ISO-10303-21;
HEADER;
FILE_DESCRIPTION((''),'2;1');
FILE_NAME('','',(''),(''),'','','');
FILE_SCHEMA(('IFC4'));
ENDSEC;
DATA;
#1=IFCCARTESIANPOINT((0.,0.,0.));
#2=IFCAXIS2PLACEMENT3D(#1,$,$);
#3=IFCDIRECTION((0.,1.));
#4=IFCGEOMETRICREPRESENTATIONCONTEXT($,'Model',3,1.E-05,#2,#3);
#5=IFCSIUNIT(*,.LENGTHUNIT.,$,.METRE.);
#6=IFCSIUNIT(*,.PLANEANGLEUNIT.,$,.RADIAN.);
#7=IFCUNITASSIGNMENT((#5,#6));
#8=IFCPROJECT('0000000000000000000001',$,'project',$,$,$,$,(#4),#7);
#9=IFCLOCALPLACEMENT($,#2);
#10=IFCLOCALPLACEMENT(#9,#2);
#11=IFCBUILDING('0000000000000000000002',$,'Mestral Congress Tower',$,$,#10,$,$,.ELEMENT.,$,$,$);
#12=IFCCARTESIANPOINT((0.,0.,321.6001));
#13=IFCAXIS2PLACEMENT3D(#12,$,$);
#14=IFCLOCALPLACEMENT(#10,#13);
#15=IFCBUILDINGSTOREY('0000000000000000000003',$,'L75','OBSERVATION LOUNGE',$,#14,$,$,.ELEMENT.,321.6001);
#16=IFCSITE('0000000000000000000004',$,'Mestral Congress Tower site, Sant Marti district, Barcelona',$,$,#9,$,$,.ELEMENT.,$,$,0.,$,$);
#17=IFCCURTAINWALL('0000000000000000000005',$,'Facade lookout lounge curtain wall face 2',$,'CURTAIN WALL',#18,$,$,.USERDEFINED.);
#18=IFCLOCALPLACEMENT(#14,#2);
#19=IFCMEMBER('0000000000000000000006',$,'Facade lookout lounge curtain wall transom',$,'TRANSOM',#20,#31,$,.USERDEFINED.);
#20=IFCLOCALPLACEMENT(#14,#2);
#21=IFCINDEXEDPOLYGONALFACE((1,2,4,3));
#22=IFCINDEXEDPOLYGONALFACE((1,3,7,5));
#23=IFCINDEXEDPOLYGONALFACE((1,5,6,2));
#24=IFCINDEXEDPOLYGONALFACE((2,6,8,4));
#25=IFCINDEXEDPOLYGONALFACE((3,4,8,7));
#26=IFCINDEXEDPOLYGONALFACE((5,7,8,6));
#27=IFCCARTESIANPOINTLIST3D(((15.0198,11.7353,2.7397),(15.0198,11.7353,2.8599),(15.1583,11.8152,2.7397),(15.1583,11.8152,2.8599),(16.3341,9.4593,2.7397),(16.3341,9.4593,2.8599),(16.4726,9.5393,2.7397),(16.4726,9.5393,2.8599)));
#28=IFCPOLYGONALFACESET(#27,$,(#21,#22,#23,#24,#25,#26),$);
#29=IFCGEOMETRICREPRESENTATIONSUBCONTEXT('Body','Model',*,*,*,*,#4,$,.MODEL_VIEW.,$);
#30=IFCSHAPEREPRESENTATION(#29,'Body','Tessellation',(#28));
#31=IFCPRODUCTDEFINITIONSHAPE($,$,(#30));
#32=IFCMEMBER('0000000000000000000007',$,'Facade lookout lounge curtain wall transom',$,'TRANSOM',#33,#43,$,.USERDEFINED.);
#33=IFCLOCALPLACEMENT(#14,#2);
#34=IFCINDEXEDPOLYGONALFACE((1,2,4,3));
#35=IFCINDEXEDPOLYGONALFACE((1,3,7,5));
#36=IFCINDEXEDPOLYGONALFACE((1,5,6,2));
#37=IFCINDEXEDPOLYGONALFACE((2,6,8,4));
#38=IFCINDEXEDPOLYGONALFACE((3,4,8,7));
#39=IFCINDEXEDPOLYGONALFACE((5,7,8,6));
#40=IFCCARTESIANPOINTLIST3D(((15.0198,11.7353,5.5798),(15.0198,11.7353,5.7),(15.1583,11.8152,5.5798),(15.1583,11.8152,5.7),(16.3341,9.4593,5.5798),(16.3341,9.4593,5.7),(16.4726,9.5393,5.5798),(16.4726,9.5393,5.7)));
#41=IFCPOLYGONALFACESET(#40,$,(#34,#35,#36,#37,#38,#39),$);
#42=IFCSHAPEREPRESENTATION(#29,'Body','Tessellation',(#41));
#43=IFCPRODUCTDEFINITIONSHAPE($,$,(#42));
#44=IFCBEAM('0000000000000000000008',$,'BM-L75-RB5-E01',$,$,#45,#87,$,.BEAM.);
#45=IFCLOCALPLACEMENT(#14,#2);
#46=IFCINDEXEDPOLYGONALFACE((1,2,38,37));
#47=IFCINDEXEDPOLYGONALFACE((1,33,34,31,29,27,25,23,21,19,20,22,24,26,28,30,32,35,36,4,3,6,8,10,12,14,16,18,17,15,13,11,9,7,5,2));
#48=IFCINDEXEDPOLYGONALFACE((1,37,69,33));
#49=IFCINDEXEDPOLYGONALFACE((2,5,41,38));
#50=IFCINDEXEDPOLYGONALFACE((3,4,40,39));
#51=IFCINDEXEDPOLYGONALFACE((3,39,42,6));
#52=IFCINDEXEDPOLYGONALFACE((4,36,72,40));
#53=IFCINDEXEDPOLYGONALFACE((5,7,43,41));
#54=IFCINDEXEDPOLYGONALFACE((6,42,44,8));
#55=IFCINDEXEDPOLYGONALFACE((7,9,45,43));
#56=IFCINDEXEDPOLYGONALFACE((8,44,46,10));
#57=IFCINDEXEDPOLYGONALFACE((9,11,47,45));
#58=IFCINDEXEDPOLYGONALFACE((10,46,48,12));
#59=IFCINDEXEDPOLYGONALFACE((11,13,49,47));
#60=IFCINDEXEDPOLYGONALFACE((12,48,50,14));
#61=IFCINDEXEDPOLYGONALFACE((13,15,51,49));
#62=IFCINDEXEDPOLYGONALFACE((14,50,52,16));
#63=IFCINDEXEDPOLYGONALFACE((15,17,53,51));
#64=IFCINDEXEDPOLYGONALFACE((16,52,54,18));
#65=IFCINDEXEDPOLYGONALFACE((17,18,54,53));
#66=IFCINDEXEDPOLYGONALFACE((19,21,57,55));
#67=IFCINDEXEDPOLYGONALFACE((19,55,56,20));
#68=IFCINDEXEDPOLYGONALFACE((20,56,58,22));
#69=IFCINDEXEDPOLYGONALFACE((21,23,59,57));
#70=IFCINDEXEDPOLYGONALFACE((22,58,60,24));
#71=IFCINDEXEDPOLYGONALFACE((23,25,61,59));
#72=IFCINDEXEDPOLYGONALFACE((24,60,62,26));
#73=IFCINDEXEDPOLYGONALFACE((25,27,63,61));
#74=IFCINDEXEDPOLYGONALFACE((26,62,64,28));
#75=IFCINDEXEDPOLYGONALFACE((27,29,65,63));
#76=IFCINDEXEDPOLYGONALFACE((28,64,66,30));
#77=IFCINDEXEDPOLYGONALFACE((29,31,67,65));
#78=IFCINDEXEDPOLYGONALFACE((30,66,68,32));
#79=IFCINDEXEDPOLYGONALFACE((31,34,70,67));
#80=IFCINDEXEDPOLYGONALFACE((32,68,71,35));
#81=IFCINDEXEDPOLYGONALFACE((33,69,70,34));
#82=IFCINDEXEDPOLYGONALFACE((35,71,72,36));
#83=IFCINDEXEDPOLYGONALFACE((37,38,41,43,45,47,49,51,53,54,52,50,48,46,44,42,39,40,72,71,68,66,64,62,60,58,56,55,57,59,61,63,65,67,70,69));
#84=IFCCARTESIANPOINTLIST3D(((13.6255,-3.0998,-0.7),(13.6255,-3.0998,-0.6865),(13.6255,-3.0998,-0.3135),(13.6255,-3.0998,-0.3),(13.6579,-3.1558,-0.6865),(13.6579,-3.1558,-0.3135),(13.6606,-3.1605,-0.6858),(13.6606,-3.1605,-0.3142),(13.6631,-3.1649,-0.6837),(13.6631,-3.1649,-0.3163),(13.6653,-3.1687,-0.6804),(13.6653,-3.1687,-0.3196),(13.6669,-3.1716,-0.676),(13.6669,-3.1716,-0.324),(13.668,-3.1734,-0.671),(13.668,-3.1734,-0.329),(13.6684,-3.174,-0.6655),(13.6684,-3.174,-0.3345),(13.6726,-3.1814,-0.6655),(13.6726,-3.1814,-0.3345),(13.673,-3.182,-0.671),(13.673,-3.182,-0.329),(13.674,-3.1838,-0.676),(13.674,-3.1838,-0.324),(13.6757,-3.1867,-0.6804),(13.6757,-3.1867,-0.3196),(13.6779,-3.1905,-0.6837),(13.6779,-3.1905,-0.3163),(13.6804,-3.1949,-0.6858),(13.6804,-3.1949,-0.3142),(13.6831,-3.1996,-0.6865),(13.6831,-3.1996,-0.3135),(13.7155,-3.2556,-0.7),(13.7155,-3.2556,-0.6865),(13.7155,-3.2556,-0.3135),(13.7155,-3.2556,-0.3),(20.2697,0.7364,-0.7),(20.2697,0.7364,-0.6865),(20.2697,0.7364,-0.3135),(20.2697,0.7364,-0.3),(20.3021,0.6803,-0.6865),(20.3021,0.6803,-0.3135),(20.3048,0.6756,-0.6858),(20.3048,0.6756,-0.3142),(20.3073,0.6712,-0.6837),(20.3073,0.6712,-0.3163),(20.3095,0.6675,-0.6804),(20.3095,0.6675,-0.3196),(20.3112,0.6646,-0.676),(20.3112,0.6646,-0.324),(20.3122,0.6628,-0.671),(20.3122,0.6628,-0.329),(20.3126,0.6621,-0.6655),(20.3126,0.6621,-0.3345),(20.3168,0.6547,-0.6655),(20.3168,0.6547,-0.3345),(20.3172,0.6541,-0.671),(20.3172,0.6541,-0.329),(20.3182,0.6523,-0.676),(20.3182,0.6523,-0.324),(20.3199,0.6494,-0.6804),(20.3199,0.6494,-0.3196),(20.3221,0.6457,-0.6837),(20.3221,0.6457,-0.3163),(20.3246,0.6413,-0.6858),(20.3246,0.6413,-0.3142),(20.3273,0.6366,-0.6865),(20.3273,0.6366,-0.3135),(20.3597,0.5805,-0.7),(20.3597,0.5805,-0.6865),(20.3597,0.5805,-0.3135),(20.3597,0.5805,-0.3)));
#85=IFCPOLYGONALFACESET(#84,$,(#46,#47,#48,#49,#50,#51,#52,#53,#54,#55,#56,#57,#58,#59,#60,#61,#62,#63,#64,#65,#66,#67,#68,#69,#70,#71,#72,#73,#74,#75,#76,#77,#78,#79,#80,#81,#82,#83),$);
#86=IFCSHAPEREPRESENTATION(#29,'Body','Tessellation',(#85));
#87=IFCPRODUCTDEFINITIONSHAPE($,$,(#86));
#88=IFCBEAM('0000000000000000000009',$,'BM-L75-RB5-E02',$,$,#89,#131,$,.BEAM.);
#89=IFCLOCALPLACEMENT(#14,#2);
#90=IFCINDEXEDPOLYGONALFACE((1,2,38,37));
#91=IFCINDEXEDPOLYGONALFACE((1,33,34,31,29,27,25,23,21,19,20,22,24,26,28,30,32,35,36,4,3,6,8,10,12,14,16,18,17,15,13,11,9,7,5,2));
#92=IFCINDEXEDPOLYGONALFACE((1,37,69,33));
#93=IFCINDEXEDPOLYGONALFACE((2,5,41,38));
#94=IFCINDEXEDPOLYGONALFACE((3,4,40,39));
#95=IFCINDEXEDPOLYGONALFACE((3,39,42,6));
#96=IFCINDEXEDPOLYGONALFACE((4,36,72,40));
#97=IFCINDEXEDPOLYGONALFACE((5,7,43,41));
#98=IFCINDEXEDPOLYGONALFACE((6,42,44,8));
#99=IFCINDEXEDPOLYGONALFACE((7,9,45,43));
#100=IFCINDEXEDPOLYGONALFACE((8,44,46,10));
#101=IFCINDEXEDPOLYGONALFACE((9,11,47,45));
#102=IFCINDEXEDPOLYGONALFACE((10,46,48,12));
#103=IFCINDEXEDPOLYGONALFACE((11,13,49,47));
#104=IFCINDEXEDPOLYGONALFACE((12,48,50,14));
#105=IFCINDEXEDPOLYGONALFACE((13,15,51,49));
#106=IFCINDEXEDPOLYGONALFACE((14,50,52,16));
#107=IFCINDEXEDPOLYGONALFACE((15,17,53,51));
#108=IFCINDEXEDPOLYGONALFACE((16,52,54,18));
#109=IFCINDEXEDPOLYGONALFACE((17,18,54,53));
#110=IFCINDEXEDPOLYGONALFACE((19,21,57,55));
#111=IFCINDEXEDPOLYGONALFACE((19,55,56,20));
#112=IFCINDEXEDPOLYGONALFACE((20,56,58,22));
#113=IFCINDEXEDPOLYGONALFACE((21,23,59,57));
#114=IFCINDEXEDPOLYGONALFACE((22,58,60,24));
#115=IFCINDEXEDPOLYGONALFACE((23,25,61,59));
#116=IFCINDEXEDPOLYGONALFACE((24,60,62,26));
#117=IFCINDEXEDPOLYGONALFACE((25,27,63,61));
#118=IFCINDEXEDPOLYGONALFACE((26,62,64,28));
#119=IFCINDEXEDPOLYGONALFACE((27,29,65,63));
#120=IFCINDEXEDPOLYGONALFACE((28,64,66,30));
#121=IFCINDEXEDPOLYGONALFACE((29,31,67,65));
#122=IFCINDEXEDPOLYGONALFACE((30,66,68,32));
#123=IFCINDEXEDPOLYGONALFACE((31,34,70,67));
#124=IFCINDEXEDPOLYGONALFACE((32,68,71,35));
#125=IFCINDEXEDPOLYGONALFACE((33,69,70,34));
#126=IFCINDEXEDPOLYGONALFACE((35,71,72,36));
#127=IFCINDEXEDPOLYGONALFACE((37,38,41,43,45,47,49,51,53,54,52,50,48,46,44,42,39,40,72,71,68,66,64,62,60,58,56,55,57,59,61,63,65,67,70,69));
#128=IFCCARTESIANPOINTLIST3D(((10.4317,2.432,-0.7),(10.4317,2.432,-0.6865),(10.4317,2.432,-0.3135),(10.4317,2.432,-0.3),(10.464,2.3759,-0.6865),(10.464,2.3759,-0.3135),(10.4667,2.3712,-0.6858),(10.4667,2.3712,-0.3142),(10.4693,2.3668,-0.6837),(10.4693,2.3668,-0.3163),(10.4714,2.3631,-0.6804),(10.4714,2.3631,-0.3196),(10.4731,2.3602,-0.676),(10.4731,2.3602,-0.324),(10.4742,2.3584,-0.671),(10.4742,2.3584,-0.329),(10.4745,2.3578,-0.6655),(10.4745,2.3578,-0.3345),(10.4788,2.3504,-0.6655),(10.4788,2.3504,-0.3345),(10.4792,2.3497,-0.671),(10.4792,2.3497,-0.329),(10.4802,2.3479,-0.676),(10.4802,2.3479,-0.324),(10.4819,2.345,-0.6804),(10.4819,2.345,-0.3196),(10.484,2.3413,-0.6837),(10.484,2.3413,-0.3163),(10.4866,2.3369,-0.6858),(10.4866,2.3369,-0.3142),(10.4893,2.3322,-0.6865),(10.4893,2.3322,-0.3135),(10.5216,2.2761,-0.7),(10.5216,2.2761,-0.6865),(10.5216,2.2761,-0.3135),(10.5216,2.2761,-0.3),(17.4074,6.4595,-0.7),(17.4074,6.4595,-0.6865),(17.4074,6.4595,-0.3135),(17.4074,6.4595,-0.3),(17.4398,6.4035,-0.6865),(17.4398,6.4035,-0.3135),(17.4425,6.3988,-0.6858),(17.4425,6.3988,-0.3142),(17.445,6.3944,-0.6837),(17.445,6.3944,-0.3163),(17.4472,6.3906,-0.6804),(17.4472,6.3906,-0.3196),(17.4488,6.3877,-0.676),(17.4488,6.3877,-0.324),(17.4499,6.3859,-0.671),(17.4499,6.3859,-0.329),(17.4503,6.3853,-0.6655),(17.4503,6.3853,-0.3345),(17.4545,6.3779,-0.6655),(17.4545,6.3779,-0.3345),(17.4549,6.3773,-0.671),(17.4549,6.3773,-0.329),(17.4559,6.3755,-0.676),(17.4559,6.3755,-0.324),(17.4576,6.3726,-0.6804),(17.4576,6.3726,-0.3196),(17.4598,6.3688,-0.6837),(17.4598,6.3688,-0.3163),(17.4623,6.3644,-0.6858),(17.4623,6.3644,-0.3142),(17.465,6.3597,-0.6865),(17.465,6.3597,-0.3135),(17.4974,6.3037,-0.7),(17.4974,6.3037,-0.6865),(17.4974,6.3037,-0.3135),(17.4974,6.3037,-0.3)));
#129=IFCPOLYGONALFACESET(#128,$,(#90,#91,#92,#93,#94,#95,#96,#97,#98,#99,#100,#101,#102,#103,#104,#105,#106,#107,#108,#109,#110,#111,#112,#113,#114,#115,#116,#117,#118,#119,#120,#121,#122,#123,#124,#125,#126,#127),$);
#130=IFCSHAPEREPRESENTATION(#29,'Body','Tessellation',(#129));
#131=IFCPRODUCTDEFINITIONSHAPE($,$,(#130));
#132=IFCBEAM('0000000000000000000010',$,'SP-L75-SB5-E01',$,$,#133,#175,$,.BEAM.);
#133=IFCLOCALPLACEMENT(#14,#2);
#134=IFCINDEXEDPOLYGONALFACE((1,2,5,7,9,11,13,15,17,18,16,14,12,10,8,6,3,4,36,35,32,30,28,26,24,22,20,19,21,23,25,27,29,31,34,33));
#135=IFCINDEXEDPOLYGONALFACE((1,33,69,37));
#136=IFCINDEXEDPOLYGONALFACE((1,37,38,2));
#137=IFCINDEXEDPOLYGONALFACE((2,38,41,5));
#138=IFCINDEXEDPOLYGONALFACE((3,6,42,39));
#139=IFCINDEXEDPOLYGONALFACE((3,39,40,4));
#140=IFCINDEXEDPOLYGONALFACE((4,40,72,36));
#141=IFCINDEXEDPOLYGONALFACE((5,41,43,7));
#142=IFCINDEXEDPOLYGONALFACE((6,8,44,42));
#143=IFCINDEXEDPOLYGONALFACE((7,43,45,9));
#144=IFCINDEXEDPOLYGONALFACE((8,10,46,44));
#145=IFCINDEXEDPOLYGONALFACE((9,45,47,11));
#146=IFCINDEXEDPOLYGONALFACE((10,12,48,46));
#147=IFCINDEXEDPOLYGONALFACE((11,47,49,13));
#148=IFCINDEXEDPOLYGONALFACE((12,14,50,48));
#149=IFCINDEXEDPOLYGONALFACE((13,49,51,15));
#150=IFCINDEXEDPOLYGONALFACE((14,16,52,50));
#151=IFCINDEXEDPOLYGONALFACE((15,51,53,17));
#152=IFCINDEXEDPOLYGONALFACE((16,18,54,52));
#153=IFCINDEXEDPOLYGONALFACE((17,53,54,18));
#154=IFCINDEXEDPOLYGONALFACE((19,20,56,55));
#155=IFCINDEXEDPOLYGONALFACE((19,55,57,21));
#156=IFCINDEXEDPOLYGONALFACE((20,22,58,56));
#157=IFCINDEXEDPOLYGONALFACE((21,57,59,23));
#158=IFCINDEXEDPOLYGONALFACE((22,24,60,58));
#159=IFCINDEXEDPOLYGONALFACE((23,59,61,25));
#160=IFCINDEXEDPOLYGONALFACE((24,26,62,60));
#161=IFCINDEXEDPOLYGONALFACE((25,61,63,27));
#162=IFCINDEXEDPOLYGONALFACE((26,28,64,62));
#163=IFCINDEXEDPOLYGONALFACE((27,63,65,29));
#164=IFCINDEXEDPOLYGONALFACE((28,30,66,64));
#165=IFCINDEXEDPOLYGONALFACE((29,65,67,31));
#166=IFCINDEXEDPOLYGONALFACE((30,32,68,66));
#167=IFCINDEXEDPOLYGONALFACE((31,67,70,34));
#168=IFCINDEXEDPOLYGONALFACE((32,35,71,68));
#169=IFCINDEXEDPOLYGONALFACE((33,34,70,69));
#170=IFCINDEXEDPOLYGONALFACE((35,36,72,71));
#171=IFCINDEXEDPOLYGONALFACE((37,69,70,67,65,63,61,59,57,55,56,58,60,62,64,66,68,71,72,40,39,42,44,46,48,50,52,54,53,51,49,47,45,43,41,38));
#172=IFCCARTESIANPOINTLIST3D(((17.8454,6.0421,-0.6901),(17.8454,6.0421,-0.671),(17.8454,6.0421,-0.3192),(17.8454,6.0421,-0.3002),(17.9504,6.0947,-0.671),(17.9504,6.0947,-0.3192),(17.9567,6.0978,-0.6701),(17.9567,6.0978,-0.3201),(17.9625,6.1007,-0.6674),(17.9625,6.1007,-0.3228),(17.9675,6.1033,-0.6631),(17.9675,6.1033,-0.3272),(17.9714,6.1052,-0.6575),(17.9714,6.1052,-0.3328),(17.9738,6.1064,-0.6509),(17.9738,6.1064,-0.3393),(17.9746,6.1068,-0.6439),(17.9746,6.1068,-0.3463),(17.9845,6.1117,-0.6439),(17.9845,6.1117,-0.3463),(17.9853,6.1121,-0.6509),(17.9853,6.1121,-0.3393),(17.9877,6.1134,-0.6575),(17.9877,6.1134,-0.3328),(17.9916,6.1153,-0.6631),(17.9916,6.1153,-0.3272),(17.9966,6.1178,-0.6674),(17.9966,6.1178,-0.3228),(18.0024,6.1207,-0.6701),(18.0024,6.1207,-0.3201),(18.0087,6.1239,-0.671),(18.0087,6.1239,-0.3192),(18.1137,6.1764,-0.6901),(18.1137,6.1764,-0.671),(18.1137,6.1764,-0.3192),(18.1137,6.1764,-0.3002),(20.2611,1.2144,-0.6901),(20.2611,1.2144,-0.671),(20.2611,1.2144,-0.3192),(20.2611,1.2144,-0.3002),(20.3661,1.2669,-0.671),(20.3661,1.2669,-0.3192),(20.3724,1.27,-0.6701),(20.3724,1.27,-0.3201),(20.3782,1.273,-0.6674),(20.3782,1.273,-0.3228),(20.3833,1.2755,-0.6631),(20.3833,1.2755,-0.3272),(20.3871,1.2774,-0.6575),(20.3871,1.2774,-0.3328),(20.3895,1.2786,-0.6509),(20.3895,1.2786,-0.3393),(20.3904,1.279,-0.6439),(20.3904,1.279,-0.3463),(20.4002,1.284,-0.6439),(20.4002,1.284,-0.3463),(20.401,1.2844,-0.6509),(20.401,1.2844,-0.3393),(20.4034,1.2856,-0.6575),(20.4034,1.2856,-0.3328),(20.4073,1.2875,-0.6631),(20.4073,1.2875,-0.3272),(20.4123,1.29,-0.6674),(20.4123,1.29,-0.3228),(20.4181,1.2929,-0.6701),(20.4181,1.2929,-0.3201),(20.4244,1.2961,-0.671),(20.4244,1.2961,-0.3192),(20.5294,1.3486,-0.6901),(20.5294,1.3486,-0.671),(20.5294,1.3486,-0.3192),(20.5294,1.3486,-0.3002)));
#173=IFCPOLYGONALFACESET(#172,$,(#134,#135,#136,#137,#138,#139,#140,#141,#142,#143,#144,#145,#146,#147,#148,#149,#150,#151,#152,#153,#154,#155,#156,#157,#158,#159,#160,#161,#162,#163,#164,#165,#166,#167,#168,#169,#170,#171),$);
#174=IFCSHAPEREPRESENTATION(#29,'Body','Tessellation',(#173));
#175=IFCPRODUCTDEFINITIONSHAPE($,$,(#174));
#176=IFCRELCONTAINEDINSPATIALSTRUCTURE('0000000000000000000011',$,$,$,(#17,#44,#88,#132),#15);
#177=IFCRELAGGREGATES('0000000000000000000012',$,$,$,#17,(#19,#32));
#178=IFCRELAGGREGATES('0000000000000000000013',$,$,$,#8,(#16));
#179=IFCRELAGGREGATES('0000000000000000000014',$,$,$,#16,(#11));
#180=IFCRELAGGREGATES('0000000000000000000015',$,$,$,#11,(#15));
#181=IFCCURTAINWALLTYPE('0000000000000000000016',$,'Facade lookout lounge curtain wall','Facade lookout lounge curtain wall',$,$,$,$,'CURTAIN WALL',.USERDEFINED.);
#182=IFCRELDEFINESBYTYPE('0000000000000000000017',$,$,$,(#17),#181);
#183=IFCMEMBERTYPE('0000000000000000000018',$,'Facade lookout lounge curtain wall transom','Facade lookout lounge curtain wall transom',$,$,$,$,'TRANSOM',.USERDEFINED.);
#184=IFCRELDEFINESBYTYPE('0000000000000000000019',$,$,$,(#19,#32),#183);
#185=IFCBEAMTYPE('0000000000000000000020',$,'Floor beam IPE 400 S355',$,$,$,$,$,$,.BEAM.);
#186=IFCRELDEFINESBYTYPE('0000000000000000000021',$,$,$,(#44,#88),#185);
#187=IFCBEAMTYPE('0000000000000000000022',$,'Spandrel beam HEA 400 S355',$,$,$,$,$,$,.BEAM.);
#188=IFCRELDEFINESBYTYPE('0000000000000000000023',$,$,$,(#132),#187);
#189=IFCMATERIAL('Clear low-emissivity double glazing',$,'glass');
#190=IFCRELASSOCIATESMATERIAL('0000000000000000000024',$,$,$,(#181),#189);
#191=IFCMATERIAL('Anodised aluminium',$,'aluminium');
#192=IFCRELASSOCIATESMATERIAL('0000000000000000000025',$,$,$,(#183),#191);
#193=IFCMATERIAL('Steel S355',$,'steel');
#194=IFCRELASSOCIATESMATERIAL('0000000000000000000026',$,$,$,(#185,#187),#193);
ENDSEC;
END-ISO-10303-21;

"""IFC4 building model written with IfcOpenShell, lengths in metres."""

from ifc_helpers import new_model, si_unit, direction, frame, origin, origin_2d, place, context, subcontext, project, spatial, rectangle, i_section, extrude, material, material_profile, profile_set, type_object, element, aggregate, save


model = new_model("IFC4")

# Units and contexts
model_context = context("Model", 3, precision=1e-05, world=origin(), true_north=direction((0.0, 1.0)))
body_context = subcontext(model_context, "Body", "Model", "MODEL_VIEW")
ifc_project = project(units=[si_unit("LENGTHUNIT", "METRE"), si_unit("PLANEANGLEUNIT", "RADIAN")], contexts=[model_context])

# Site, building, storey
site_placement = place(None, origin())
site = spatial("IfcSite", under=ifc_project, at=site_placement, Name="Mestral Congress Tower site, Sant Marti district, Barcelona", CompositionType="ELEMENT", RefElevation=0.0)
building_placement = place(site_placement, origin())
building = spatial("IfcBuilding", under=site, at=building_placement, Name="Mestral Congress Tower", CompositionType="ELEMENT")
storey_placement = place(building_placement, frame((0.0, 0.0, 321.6001)))
storey = spatial("IfcBuildingStorey", under=building, at=storey_placement, Name="L75", Description="OBSERVATION LOUNGE", CompositionType="ELEMENT", Elevation=321.6001)

# Curtain wall, members
ifc_material_1 = material(Name="Clear low-emissivity double glazing", Category="glass")
curtain_wall_type = type_object("IfcCurtainWallType", Name="Facade lookout lounge curtain wall", Description="Facade lookout lounge curtain wall", ElementType="CURTAIN WALL", PredefinedType="USERDEFINED", material=ifc_material_1)
curtain_wall_placement = place(storey_placement, origin())
curtain_wall = element("IfcCurtainWall", 1, at=curtain_wall_placement, inside=storey, type_object=curtain_wall_type, Name="Facade lookout lounge curtain wall face 2", ObjectType="CURTAIN WALL", PredefinedType="USERDEFINED")
ifc_material_2 = material(Name="Anodised aluminium", Category="aluminium")
ifc_material_profile_1 = material_profile(ifc_material_2, rectangle(XDim=0.1599, YDim=0.1201, at=origin_2d()), Name="CW2 transom 160 x 120")
ifc_profile_set_1 = profile_set([ifc_material_profile_1], Name="Anodised aluminium")
member_type_1 = type_object("IfcMemberType", Name="Facade lookout lounge curtain wall transom", Description="Facade lookout lounge curtain wall transom", ElementType="TRANSOM", PredefinedType="USERDEFINED", material=ifc_profile_set_1)
member_1_placement = place(storey_placement, frame((16.4033, 9.4993, 2.7998), z_axis=(-0.500066, 0.865988, 0.0), x_axis=(-0.865988, -0.500066, 0.0)))
member_1 = element("IfcMember", 2, at=member_1_placement, type_object=member_type_1, Name="Facade lookout lounge curtain wall transom", ObjectType="TRANSOM", PredefinedType="USERDEFINED", context=body_context, shape_type="SweptSolid", body=[
    extrude(rectangle(XDim=0.1599, YDim=0.1201, at=origin_2d()), origin(), (0.0, 0.0, 1.0), 2.6282),
])
member_2_placement = place(storey_placement, frame((16.4033, 9.4993, 5.6399), z_axis=(-0.500066, 0.865988, 0.0), x_axis=(-0.865988, -0.500066, 0.0)))
member_2 = element("IfcMember", 3, at=member_2_placement, type_object=member_type_1, Name="Facade lookout lounge curtain wall transom", ObjectType="TRANSOM", PredefinedType="USERDEFINED", context=body_context, shape_type="SweptSolid", body=[
    extrude(rectangle(XDim=0.1599, YDim=0.1201, at=origin_2d()), origin(), (0.0, 0.0, 1.0), 2.6282),
])

# Beams
ifc_material_3 = material(Name="Steel S355", Category="steel")
ifc_material_profile_2 = material_profile(ifc_material_3, i_section(OverallWidth=0.1799, OverallDepth=0.3999, WebThickness=0.0085, FlangeThickness=0.0134, FilletRadius=0.021, at=origin_2d()), Name="IPE 400")
ifc_profile_set_2 = profile_set([ifc_material_profile_2], Name="Steel S355")
beam_type_1 = type_object("IfcBeamType", Name="Floor beam IPE 400 S355", PredefinedType="BEAM", material=ifc_profile_set_2)
beam_1_placement = place(storey_placement, frame((20.3147, 0.6584, -0.5), z_axis=(-0.86602, -0.50001, 0.0), x_axis=(0.50001, -0.86602, 0.0)))
element("IfcBeam", 4, at=beam_1_placement, inside=storey, type_object=beam_type_1, Name="BM-L75-RB5-E01", PredefinedType="BEAM", context=body_context, shape_type="SweptSolid", body=[
    extrude(i_section(OverallWidth=0.1799, OverallDepth=0.3999, WebThickness=0.0085, FlangeThickness=0.0134, FilletRadius=0.021, at=origin_2d()), origin(), (0.0, 0.0, 1.0), 7.6721),
])
beam_2_placement = place(storey_placement, frame((17.4524, 6.3816, -0.5), z_axis=(-0.866021, -0.500008, 0.0), x_axis=(0.500008, -0.866021, 0.0)))
element("IfcBeam", 5, at=beam_2_placement, inside=storey, type_object=beam_type_1, Name="BM-L75-RB5-E02", PredefinedType="BEAM", context=body_context, shape_type="SweptSolid", body=[
    extrude(i_section(OverallWidth=0.1799, OverallDepth=0.3999, WebThickness=0.0085, FlangeThickness=0.0134, FilletRadius=0.021, at=origin_2d()), origin(), (0.0, 0.0, 1.0), 8.0549),
])
ifc_material_profile_3 = material_profile(ifc_material_3, i_section(OverallWidth=0.3, OverallDepth=0.3899, WebThickness=0.011, FlangeThickness=0.019, FilletRadius=0.0271, at=origin_2d()), Name="HEA 400")
ifc_profile_set_3 = profile_set([ifc_material_profile_3], Name="Steel S355")
beam_type_2 = type_object("IfcBeamType", Name="Spandrel beam HEA 400 S355", PredefinedType="BEAM", material=ifc_profile_set_3)
beam_3_placement = place(storey_placement, frame((20.3953, 1.2815, -0.4951), z_axis=(-0.447485, 0.894291, 0.0), x_axis=(-0.894291, -0.447485, 0.0)))
element("IfcBeam", 6, at=beam_3_placement, inside=storey, type_object=beam_type_2, Name="SP-L75-SB5-E01", PredefinedType="BEAM", context=body_context, shape_type="SweptSolid", body=[
    extrude(i_section(OverallWidth=0.3, OverallDepth=0.3899, WebThickness=0.011, FlangeThickness=0.019, FilletRadius=0.0271, at=origin_2d()), origin(), (0.0, 0.0, 1.0), 5.3984),
])

aggregate(curtain_wall, [member_1, member_2])

save(model, "model.ifc")
